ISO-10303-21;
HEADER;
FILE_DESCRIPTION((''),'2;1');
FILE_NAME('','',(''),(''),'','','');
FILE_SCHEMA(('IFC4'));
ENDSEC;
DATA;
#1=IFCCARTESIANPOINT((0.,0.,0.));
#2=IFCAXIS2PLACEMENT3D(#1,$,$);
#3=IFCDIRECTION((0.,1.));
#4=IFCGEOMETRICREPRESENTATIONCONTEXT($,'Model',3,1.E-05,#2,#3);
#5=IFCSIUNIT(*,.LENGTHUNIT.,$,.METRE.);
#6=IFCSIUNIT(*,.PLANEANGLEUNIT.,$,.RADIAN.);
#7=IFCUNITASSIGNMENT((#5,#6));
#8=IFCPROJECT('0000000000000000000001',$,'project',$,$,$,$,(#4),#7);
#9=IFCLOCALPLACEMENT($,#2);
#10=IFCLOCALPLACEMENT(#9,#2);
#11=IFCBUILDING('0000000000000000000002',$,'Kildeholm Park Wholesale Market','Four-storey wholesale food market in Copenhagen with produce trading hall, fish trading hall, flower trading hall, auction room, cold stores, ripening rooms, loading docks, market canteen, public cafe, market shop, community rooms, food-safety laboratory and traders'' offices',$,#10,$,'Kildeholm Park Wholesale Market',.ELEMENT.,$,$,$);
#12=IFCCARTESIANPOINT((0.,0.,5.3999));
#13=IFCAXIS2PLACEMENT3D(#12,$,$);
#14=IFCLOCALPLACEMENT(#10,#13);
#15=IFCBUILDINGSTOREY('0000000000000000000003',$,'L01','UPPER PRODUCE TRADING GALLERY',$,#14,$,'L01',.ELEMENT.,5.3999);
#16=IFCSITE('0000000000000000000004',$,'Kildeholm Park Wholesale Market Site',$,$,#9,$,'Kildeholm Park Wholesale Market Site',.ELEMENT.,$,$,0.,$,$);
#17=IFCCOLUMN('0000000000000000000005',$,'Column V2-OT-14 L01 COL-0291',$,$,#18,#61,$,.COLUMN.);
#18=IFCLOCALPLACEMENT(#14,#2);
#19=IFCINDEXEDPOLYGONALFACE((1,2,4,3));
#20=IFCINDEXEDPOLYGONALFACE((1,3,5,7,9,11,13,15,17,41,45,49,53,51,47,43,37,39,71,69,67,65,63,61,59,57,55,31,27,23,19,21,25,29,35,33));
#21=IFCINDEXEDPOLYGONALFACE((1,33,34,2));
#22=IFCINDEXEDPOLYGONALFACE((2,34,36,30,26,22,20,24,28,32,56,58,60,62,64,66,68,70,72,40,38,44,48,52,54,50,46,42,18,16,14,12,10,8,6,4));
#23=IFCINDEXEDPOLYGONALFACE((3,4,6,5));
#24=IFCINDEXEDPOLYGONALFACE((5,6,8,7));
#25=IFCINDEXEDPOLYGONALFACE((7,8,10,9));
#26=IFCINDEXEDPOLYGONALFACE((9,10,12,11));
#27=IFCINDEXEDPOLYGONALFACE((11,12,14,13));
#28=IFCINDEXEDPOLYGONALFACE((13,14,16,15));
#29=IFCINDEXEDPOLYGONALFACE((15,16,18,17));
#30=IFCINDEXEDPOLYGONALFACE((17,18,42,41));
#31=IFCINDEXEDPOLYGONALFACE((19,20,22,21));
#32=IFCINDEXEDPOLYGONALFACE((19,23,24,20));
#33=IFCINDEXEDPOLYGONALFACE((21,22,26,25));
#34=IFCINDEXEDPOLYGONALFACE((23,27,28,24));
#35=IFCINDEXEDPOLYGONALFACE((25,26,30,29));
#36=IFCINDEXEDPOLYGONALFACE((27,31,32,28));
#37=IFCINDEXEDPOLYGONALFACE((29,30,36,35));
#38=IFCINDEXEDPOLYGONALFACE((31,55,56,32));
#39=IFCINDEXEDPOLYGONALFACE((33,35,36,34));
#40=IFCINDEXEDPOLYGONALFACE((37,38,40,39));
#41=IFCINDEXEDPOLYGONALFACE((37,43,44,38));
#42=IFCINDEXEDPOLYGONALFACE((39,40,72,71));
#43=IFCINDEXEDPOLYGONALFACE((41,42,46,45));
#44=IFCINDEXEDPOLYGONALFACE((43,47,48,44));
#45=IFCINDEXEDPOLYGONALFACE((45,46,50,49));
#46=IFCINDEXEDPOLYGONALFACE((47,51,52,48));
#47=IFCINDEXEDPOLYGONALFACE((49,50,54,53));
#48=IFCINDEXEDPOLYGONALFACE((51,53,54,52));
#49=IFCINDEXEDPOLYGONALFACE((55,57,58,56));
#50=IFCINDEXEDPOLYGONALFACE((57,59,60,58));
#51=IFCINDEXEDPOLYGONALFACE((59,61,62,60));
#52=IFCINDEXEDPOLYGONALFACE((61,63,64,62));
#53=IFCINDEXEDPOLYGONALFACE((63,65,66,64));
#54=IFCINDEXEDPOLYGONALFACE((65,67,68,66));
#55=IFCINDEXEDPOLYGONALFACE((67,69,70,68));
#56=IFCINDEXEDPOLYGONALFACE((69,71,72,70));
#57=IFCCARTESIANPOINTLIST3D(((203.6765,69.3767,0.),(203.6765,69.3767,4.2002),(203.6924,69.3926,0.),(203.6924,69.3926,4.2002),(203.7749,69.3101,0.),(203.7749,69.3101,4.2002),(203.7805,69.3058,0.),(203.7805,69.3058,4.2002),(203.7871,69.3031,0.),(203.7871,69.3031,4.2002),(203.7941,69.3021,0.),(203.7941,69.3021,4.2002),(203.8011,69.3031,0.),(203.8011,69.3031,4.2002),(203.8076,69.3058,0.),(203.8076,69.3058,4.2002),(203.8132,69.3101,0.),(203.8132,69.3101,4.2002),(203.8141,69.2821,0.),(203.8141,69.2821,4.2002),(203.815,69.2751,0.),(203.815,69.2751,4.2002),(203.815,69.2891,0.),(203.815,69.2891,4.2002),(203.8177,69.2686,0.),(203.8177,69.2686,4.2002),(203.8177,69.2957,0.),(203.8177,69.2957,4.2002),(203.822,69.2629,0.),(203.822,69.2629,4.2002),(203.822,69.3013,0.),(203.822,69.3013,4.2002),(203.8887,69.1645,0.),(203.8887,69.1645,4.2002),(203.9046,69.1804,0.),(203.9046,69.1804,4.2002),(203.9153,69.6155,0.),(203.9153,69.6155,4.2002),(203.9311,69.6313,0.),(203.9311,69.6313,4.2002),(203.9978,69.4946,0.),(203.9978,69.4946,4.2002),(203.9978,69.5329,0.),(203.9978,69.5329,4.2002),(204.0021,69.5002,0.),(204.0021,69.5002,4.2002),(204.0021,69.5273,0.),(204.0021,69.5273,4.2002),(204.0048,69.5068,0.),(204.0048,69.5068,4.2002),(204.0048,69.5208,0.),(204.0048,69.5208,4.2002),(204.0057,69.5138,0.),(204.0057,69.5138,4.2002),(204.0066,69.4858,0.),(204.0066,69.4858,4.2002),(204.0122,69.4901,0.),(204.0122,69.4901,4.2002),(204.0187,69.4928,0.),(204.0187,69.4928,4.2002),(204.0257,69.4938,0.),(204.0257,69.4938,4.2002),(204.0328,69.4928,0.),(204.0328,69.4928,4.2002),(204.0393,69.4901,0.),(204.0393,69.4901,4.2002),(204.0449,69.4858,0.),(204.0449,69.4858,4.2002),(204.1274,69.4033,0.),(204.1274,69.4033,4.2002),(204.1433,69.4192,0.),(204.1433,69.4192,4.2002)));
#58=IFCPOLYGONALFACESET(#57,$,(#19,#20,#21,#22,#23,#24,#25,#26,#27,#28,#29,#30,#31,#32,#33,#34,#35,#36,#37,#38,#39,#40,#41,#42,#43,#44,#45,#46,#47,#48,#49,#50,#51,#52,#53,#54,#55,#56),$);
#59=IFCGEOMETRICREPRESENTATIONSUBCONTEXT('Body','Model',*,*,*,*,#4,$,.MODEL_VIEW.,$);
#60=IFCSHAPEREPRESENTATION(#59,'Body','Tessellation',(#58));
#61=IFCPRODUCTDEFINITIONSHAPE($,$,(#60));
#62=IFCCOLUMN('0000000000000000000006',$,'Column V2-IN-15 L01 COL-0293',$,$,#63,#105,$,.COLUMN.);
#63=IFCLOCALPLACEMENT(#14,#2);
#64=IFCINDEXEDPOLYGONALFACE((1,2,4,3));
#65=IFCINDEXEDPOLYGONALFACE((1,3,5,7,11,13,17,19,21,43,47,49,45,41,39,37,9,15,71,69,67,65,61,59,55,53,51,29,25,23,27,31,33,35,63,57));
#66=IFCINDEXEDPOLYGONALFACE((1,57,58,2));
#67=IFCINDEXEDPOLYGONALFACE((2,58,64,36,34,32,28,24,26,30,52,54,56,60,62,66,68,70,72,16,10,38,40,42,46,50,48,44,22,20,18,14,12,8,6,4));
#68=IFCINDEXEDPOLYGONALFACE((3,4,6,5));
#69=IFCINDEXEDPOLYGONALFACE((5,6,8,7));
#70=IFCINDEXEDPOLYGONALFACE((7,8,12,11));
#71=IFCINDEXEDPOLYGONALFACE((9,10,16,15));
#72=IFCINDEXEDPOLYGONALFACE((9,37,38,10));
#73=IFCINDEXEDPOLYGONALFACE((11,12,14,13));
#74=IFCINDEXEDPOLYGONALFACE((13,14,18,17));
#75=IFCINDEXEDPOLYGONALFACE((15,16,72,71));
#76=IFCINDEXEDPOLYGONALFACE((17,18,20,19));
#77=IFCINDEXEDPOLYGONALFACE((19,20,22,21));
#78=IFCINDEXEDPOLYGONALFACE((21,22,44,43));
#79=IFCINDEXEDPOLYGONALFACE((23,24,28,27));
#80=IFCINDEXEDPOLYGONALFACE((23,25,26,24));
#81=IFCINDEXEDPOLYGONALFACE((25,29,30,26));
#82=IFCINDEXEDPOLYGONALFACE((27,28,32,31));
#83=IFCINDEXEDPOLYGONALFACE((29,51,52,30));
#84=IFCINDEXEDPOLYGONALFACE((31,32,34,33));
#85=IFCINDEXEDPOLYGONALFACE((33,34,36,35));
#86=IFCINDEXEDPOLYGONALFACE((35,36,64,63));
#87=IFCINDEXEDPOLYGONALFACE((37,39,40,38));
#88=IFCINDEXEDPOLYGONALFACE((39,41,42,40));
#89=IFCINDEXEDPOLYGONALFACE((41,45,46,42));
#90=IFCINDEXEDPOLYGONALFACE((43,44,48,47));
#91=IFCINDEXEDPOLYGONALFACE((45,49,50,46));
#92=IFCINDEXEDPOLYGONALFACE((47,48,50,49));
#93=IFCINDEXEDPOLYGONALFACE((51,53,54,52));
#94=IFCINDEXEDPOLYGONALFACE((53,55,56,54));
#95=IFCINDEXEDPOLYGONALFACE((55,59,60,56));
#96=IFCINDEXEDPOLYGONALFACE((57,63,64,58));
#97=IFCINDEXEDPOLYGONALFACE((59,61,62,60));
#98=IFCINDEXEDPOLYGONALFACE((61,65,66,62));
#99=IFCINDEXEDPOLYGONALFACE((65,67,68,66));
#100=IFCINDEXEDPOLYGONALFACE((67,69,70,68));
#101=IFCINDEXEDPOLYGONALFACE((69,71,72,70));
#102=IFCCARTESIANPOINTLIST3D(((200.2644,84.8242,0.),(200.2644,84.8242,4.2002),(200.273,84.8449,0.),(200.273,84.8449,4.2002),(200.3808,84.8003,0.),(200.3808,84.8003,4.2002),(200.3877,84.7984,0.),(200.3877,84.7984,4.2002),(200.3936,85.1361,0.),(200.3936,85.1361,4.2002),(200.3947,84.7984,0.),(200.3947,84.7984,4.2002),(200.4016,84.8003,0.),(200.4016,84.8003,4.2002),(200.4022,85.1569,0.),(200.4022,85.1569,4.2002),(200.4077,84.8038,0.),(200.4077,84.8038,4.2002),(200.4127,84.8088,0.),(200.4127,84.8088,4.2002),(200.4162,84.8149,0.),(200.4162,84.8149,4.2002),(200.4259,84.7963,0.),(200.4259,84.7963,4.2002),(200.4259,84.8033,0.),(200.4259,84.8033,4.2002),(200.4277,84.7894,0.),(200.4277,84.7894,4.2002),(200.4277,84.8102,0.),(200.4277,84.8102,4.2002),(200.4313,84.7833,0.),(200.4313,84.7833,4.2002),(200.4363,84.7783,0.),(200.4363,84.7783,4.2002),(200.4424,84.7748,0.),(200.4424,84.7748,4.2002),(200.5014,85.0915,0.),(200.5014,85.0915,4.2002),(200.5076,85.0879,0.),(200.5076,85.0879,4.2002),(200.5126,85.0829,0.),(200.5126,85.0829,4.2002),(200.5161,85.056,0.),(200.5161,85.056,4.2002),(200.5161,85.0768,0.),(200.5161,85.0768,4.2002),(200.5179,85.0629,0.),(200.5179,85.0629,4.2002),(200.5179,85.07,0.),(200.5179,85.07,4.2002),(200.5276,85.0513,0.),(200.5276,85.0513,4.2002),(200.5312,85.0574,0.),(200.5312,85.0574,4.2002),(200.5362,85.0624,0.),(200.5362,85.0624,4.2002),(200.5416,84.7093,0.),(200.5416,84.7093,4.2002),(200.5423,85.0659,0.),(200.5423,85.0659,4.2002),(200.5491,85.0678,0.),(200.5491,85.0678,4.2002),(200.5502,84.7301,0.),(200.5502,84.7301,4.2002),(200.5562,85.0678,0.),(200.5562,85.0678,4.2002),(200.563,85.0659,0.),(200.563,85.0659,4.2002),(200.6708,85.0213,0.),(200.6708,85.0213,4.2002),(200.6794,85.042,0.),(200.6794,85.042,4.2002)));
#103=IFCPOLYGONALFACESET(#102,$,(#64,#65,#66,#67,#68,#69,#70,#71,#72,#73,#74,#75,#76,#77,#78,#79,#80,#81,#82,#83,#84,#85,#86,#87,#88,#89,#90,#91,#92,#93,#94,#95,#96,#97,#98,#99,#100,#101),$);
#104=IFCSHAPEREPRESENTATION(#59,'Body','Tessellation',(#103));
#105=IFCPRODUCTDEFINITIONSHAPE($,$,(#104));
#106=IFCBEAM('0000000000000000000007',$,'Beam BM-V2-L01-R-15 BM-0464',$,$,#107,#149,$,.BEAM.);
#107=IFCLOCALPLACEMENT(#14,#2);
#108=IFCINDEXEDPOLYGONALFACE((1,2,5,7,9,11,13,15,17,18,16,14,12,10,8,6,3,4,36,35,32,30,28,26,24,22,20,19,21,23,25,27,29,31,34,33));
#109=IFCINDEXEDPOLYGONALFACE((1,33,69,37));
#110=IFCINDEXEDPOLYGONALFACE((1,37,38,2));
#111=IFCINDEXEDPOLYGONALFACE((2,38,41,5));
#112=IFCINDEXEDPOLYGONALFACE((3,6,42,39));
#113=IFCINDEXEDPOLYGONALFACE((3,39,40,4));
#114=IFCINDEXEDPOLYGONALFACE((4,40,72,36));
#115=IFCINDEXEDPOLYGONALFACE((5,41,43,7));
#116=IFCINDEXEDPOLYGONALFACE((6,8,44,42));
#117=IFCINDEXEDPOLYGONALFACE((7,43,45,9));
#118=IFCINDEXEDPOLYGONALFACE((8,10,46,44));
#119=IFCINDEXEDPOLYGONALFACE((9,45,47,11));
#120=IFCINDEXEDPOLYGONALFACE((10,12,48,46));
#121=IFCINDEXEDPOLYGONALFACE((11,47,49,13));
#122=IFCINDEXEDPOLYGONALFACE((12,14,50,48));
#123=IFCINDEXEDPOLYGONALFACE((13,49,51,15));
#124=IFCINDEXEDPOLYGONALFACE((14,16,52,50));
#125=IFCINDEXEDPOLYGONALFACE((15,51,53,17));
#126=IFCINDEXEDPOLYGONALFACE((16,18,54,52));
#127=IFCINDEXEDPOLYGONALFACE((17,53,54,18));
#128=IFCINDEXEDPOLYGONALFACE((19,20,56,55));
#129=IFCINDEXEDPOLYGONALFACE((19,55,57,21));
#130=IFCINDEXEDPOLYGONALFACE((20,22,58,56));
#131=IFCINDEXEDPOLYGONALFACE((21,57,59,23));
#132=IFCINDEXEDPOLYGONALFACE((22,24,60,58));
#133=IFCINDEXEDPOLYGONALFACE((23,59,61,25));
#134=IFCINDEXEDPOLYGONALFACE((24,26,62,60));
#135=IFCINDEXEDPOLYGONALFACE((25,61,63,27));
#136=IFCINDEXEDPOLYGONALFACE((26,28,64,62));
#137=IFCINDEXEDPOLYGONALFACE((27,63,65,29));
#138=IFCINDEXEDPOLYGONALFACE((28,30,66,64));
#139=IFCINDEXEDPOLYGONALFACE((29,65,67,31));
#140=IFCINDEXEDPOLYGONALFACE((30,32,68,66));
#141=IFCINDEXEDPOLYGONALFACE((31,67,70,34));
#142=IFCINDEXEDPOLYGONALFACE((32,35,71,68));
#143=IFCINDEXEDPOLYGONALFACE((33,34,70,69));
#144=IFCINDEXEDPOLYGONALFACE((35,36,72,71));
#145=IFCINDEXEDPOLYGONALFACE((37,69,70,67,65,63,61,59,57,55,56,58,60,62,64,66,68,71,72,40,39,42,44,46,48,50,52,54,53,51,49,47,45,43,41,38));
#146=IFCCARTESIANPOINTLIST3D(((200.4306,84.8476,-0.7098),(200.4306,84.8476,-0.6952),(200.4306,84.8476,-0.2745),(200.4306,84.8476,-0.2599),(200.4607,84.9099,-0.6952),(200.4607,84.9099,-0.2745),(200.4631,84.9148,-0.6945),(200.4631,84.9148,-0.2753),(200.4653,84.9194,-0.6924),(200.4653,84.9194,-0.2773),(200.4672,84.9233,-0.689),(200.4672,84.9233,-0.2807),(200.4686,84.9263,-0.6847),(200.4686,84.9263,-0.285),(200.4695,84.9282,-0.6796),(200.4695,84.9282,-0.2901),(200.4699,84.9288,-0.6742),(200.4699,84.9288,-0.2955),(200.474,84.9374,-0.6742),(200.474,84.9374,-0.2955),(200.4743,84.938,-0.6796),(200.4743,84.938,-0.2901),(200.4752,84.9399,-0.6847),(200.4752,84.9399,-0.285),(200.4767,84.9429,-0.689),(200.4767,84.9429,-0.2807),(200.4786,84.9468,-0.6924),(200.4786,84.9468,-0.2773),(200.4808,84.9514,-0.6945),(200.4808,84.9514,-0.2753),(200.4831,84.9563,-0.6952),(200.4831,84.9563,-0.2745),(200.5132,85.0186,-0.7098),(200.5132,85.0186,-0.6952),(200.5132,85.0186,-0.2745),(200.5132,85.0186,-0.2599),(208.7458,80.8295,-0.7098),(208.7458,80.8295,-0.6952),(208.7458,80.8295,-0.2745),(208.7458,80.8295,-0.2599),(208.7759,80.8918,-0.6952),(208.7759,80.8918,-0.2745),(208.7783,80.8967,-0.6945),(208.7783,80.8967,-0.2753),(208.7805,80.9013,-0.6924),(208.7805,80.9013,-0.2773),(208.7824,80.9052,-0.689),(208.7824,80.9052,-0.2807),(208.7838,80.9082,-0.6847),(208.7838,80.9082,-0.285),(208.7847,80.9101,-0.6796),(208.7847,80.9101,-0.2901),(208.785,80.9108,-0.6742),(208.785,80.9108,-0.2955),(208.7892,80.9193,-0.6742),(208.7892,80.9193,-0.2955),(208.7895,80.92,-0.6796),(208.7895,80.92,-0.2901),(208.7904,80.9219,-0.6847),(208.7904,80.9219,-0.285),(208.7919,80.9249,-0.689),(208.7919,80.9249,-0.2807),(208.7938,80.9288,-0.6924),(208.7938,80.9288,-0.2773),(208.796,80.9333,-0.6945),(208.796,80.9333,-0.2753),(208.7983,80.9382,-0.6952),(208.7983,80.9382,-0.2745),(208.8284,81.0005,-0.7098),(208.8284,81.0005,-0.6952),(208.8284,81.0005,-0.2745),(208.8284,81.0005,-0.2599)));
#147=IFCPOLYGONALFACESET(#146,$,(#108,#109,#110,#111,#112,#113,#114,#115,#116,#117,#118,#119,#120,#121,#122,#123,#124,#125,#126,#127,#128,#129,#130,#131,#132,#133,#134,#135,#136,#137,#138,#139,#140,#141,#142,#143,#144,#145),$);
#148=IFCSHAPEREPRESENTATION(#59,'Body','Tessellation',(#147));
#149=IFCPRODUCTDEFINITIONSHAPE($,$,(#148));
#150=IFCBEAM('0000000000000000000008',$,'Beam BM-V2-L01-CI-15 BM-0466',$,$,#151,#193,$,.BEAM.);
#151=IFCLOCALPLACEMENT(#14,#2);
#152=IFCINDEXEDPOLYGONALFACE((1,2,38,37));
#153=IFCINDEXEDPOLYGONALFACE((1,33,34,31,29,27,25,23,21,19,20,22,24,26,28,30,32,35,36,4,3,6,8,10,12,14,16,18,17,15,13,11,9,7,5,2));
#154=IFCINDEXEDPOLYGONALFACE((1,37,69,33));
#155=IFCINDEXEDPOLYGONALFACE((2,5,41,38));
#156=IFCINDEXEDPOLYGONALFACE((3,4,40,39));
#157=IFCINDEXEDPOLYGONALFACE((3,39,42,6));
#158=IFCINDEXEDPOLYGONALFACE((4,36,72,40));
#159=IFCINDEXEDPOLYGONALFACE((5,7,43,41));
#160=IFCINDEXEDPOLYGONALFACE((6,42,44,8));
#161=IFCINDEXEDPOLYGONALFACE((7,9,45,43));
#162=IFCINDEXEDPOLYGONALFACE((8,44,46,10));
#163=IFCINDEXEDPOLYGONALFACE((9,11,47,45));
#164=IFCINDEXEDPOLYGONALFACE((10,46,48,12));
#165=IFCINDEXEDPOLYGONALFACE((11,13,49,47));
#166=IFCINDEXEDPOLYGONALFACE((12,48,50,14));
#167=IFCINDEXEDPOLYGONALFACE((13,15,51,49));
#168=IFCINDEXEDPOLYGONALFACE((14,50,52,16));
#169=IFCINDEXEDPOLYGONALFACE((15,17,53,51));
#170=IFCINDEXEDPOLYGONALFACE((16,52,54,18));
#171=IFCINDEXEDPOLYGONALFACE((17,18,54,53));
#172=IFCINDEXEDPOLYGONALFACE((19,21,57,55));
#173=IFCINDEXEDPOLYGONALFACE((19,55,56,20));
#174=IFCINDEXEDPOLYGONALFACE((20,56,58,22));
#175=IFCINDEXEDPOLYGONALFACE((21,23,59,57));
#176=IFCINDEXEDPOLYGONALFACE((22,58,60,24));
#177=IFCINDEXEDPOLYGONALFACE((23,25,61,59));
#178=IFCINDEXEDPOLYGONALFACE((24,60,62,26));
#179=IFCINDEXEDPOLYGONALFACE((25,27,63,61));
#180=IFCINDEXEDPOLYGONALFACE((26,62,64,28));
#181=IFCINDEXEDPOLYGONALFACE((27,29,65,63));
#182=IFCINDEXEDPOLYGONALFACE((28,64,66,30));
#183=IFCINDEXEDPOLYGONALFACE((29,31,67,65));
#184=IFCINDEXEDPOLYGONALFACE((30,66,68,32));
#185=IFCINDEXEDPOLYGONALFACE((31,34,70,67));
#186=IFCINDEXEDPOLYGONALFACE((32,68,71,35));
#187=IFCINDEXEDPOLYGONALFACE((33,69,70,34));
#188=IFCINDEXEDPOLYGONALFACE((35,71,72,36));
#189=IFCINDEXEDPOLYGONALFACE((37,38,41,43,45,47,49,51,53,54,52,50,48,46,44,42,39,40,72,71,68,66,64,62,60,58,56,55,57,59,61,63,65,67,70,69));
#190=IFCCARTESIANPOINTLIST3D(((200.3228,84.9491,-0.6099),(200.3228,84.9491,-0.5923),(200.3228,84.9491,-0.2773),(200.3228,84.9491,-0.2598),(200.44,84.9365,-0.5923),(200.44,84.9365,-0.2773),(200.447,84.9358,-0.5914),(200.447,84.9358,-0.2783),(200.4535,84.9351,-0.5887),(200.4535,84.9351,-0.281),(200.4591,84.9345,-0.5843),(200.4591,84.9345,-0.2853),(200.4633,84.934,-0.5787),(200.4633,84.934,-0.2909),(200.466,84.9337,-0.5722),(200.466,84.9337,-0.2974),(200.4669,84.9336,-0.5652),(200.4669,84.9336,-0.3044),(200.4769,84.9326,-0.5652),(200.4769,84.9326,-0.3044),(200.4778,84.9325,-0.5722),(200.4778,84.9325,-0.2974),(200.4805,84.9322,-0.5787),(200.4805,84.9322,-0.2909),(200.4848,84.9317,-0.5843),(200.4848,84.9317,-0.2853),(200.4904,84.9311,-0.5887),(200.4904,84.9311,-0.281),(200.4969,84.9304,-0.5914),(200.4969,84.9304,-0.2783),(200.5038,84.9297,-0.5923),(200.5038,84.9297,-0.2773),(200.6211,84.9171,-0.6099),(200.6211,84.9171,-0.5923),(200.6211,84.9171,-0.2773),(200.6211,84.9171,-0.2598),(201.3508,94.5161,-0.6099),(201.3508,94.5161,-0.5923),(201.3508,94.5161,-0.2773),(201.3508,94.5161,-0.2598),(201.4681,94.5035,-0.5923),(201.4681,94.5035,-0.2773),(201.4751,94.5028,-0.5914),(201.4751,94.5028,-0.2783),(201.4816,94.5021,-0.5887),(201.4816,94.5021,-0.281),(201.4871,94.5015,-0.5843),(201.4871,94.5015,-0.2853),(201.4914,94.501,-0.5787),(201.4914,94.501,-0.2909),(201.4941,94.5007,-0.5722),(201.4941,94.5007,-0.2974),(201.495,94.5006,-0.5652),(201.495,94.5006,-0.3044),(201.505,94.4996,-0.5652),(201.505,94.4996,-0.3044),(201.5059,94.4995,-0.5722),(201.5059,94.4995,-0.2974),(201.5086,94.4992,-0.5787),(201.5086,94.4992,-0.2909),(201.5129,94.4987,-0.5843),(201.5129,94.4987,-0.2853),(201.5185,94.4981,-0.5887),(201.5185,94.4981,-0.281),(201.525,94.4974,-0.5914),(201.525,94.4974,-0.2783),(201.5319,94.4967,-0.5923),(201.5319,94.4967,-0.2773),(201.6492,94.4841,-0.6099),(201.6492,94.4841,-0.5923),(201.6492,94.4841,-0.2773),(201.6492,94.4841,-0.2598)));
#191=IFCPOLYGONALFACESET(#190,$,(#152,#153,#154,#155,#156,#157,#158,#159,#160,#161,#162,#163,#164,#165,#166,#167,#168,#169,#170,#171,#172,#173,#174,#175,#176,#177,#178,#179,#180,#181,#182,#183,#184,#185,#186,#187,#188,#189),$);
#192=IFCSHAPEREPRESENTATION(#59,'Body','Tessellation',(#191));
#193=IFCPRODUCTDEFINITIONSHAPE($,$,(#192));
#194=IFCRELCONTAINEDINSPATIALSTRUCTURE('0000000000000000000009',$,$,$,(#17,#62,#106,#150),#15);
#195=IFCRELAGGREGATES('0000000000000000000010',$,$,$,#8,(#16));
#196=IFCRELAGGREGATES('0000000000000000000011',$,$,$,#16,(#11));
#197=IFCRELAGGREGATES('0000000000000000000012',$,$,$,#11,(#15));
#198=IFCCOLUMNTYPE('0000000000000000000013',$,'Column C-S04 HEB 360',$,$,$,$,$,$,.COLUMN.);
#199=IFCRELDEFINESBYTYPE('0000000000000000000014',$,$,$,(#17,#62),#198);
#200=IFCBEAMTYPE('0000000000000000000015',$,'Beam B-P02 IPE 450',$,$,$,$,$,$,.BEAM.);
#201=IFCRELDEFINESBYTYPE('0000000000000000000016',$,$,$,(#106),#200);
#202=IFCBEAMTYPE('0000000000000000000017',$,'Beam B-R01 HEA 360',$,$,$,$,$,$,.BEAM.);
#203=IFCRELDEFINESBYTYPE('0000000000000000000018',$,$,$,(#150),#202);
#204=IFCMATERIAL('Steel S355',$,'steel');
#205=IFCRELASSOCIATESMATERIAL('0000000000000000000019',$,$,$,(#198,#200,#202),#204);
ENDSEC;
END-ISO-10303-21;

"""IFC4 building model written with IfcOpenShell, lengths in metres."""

from ifc_helpers import new_model, si_unit, direction, frame, origin, origin_2d, place, context, subcontext, project, spatial, i_section, extrude, material, material_profile, profile_set, type_object, element, save


model = new_model("IFC4")

# Units and contexts
model_context = context("Model", 3, precision=1e-05, world=origin(), true_north=direction((0.0, 1.0)))
body_context = subcontext(model_context, "Body", "Model", "MODEL_VIEW")
ifc_project = project(units=[si_unit("LENGTHUNIT", "METRE"), si_unit("PLANEANGLEUNIT", "RADIAN")], contexts=[model_context])

# Site, building, storey
site_placement = place(None, origin())
site = spatial("IfcSite", under=ifc_project, at=site_placement, Name="Kildeholm Park Wholesale Market Site", LongName="Kildeholm Park Wholesale Market Site", CompositionType="ELEMENT", RefElevation=0.0)
building_placement = place(site_placement, origin())
building = spatial("IfcBuilding", under=site, at=building_placement, Name="Kildeholm Park Wholesale Market", Description="Four-storey wholesale food market in Copenhagen with produce trading hall, fish trading hall, flower trading hall, auction room, cold stores, ripening rooms, loading docks, market canteen, public cafe, market shop, community rooms, food-safety laboratory and traders' offices", LongName="Kildeholm Park Wholesale Market", CompositionType="ELEMENT")
storey_placement = place(building_placement, frame((0.0, 0.0, 5.3999)))
storey = spatial("IfcBuildingStorey", under=building, at=storey_placement, Name="L01", Description="UPPER PRODUCE TRADING GALLERY", LongName="L01", CompositionType="ELEMENT", Elevation=5.3999)

# Columns
ifc_material_1 = material(Name="Steel S355", Category="steel")
ifc_material_profile_1 = material_profile(ifc_material_1, i_section(OverallWidth=0.3, OverallDepth=0.3601, WebThickness=0.0125, FlangeThickness=0.0225, FilletRadius=0.0271, at=origin_2d()), Name="HEB 360")
ifc_profile_set_1 = profile_set([ifc_material_profile_1], Name="Steel S355")
column_type = type_object("IfcColumnType", Name="Column C-S04 HEB 360", PredefinedType="COLUMN", material=ifc_profile_set_1)
for number, where, z_axis, x_axis, name in (
    (1, (203.9099, 69.3979, 0.0), (0.0, 0.0, 1.0), (0.707107, -0.707107, 0.0), "Column V2-OT-14 L01 COL-0291"),
    (2, (200.4719, 84.9331, 0.0), (0.0, 0.0, 1.0), (0.92388, -0.382683, 0.0), "Column V2-IN-15 L01 COL-0293"),
):
    element("IfcColumn", number, at=place(storey_placement, frame(where, z_axis=z_axis, x_axis=x_axis)), inside=storey, type_object=column_type, Name=name, PredefinedType="COLUMN", context=body_context, shape_type="SweptSolid", body=[
        extrude(i_section(OverallWidth=0.3, OverallDepth=0.3601, WebThickness=0.0125, FlangeThickness=0.0225, FilletRadius=0.0271, at=origin_2d()), origin(), (0.0, 0.0, 1.0), 4.2002),
    ])

# Beams
ifc_material_profile_2 = material_profile(ifc_material_1, i_section(OverallWidth=0.1899, OverallDepth=0.45, WebThickness=0.0095, FlangeThickness=0.0146, FilletRadius=0.021, at=origin_2d()), Name="IPE 450")
ifc_profile_set_2 = profile_set([ifc_material_profile_2], Name="Steel S355")
beam_type_1 = type_object("IfcBeamType", Name="Beam B-P02 IPE 450", PredefinedType="BEAM", material=ifc_profile_set_2)
beam_1_placement = place(storey_placement, frame((200.4719, 84.9331, -0.4849), z_axis=(0.900389, -0.435086, 0.0), x_axis=(0.435086, 0.900389, 0.0)))
element("IfcBeam", 3, at=beam_1_placement, inside=storey, type_object=beam_type_1, Name="Beam BM-V2-L01-R-15 BM-0464", PredefinedType="BEAM", context=body_context, shape_type="SweptSolid", body=[
    extrude(i_section(OverallWidth=0.1899, OverallDepth=0.45, WebThickness=0.0095, FlangeThickness=0.0146, FilletRadius=0.021, at=origin_2d()), origin(), (0.0, 0.0, 1.0), 9.2351),
])
ifc_material_profile_3 = material_profile(ifc_material_1, i_section(OverallWidth=0.3, OverallDepth=0.3501, WebThickness=0.01, FlangeThickness=0.0176, FilletRadius=0.0271, at=origin_2d()), Name="HEA 360")
ifc_profile_set_3 = profile_set([ifc_material_profile_3], Name="Steel S355")
beam_type_2 = type_object("IfcBeamType", Name="Beam B-R01 HEA 360", PredefinedType="BEAM", material=ifc_profile_set_3)
beam_2_placement = place(storey_placement, frame((200.4719, 84.9331, -0.4348), z_axis=(0.106847, 0.994276, 0.0), x_axis=(-0.994276, 0.106847, 0.0)))
element("IfcBeam", 4, at=beam_2_placement, inside=storey, type_object=beam_type_2, Name="Beam BM-V2-L01-CI-15 BM-0466", PredefinedType="BEAM", context=body_context, shape_type="SweptSolid", body=[
    extrude(i_section(OverallWidth=0.3, OverallDepth=0.3501, WebThickness=0.01, FlangeThickness=0.0176, FilletRadius=0.0271, at=origin_2d()), origin(), (0.0, 0.0, 1.0), 9.6221),
])

save(model, "model.ifc")
